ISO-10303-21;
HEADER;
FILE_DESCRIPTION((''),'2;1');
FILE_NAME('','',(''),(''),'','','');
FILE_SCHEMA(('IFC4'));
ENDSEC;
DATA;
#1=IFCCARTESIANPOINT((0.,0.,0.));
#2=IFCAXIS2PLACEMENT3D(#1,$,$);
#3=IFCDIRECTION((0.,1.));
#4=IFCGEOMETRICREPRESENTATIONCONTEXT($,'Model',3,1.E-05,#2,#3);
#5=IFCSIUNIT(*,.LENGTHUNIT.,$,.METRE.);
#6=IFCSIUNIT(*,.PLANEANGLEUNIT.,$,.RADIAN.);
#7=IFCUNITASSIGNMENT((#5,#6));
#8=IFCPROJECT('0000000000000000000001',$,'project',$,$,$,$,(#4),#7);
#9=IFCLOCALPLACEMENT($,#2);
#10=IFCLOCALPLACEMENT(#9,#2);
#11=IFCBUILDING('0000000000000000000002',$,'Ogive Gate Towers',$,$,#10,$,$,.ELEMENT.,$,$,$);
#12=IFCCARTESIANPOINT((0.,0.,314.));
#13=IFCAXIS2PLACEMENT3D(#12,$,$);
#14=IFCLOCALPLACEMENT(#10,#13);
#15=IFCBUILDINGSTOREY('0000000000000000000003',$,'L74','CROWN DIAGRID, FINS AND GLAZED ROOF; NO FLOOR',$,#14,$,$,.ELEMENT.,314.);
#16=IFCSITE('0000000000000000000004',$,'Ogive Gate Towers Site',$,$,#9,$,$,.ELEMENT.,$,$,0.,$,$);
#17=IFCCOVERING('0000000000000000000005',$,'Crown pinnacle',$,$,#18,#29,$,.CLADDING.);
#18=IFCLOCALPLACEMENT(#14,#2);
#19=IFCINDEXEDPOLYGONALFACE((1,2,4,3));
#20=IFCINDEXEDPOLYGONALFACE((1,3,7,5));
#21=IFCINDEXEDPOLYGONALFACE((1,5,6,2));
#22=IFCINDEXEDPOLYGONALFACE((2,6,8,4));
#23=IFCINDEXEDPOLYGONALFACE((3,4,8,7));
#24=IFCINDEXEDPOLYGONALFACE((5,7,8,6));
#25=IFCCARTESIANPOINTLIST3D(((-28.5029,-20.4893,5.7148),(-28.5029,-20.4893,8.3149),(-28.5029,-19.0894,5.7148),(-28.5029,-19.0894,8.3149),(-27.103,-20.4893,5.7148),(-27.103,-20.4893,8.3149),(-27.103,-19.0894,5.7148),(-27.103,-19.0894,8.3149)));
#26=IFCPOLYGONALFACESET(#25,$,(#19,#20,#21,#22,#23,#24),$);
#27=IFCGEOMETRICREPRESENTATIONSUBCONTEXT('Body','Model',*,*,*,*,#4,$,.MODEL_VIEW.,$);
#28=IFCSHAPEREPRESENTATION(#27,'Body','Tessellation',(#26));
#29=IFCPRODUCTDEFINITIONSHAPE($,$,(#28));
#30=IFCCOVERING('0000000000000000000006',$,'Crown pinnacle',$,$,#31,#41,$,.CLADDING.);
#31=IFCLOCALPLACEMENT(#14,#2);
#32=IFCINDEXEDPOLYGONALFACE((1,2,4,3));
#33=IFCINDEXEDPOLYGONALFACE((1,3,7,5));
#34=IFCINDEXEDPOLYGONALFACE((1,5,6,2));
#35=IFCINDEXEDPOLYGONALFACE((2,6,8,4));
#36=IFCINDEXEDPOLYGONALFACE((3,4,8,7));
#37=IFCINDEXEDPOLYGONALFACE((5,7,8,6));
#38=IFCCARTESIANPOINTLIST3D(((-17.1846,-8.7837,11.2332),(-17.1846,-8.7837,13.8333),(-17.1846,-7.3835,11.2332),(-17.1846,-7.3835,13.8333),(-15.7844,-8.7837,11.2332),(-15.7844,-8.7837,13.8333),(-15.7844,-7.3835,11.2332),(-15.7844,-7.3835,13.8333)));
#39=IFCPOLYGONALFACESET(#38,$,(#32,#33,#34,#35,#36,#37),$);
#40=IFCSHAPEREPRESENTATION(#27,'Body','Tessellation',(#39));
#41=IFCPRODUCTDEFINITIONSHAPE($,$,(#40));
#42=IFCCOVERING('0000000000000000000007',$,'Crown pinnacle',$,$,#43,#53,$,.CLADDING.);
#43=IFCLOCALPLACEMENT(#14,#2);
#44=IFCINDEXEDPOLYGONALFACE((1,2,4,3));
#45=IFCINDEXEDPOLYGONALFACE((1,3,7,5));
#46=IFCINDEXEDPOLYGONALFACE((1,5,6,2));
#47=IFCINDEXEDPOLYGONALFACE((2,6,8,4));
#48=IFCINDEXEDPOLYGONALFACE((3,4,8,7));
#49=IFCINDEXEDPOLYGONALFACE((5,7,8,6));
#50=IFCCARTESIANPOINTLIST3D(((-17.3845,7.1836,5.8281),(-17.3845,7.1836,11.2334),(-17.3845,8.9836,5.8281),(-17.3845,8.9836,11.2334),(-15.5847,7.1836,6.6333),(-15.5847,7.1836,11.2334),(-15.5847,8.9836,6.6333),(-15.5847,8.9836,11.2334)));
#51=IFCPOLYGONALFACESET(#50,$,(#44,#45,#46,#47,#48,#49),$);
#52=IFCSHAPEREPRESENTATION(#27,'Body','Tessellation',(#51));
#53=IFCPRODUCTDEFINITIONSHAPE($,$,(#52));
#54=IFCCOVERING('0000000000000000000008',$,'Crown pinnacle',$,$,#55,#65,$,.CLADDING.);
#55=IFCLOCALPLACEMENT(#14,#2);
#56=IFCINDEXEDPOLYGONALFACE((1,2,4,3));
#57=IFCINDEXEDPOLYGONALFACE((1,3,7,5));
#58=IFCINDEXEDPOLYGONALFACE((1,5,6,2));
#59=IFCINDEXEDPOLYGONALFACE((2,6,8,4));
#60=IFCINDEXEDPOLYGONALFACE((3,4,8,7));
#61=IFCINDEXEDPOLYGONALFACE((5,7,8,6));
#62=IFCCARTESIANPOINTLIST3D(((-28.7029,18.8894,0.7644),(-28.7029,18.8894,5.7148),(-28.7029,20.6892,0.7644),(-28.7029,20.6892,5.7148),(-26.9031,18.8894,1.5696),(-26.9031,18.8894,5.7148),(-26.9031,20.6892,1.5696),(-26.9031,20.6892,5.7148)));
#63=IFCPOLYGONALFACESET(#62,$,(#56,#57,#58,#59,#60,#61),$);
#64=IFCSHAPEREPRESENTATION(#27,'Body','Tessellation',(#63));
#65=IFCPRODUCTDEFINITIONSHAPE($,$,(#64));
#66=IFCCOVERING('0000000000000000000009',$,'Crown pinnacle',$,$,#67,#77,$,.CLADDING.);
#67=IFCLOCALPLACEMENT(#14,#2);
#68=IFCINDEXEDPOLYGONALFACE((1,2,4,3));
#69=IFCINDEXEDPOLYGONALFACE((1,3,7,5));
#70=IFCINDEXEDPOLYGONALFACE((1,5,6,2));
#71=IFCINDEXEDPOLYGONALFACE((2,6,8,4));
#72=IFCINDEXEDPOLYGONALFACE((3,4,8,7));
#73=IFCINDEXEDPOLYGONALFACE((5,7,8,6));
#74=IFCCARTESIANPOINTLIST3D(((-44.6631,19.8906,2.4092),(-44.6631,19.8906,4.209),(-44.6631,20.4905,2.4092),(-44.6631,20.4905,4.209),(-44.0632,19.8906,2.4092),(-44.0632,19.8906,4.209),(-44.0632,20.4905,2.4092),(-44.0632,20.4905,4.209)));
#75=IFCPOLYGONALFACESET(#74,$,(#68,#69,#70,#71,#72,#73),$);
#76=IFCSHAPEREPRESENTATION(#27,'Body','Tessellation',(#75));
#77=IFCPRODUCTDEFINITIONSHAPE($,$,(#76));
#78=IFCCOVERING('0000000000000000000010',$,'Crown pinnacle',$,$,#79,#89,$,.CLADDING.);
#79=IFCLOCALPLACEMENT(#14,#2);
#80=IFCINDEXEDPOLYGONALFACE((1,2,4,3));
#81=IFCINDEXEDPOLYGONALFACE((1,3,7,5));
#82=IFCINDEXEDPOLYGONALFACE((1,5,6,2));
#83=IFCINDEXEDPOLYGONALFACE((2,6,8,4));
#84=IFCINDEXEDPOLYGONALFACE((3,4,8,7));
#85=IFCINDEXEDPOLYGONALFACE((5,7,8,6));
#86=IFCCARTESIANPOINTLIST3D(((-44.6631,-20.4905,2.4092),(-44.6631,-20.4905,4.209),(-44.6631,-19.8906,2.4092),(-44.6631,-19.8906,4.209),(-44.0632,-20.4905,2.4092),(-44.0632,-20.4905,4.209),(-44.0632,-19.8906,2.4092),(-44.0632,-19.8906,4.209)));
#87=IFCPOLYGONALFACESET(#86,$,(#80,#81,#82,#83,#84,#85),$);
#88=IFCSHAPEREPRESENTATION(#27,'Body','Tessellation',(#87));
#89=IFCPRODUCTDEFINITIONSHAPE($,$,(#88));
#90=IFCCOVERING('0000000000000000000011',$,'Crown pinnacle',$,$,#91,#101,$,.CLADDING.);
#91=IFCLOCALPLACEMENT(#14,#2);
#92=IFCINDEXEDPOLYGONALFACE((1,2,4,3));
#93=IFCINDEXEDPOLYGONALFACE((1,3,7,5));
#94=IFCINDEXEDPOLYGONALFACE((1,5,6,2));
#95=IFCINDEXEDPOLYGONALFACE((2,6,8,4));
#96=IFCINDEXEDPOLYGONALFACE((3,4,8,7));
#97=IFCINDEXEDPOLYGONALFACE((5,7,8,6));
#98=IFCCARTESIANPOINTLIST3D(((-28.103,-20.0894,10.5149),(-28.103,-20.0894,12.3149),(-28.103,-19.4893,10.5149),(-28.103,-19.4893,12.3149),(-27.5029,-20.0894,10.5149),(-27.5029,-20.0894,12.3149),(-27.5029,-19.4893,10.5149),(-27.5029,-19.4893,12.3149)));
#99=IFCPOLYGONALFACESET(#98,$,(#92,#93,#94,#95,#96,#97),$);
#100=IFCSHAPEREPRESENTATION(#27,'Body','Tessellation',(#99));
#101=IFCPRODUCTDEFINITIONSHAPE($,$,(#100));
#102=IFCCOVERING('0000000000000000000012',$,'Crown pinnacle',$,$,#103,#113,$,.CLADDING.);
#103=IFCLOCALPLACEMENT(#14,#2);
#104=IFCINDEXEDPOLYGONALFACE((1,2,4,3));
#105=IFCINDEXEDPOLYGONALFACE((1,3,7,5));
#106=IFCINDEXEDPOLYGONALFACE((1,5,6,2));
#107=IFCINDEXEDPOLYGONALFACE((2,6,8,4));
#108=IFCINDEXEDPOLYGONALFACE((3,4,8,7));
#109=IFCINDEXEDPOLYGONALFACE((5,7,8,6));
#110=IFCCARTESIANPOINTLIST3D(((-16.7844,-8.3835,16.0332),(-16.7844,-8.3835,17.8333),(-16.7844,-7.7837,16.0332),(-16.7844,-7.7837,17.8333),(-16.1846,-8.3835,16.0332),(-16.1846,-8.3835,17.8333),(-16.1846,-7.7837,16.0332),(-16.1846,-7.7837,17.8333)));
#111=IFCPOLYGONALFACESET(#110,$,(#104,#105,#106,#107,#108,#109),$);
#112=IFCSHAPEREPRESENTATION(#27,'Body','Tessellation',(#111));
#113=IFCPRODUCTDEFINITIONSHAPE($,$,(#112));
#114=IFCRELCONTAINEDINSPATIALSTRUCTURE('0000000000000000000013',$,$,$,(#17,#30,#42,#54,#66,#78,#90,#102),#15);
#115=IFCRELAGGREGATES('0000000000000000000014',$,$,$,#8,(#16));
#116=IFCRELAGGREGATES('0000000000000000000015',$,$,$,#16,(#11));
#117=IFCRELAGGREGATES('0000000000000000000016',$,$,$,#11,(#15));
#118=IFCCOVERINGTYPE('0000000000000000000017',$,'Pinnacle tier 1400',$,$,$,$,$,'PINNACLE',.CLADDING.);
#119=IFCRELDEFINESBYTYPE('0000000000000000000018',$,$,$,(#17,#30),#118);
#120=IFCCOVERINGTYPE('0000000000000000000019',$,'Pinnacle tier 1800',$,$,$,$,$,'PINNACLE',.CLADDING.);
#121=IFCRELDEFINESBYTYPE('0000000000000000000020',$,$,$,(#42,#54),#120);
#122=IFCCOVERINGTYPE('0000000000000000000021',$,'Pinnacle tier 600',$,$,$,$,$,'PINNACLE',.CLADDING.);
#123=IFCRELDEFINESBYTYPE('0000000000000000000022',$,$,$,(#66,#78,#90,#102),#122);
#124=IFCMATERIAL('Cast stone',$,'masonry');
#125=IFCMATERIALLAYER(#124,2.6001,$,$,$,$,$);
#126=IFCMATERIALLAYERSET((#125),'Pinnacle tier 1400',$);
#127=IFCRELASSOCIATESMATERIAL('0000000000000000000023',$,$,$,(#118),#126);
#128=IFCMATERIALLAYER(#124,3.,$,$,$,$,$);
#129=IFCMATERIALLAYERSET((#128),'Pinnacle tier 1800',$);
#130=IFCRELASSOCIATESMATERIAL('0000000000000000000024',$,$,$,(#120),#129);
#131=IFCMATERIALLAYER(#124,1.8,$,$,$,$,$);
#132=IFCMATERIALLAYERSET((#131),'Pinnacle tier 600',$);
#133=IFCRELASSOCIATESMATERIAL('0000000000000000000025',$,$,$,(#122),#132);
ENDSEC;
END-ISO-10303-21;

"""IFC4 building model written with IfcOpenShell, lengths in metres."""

from ifc_helpers import new_model, si_unit, direction, frame, origin, place, context, subcontext, project, spatial, polyline, outline, extrude, material, layer, layer_set, type_object, element, save


model = new_model("IFC4")

# Units and contexts
model_context = context("Model", 3, precision=1e-05, world=origin(), true_north=direction((0.0, 1.0)))
body_context = subcontext(model_context, "Body", "Model", "MODEL_VIEW")
ifc_project = project(units=[si_unit("LENGTHUNIT", "METRE"), si_unit("PLANEANGLEUNIT", "RADIAN")], contexts=[model_context])

# Site, building, storey
site_placement = place(None, origin())
site = spatial("IfcSite", under=ifc_project, at=site_placement, Name="Ogive Gate Towers Site", CompositionType="ELEMENT", RefElevation=0.0)
building_placement = place(site_placement, origin())
building = spatial("IfcBuilding", under=site, at=building_placement, Name="Ogive Gate Towers", CompositionType="ELEMENT")
storey_placement = place(building_placement, frame((0.0, 0.0, 314.0)))
storey = spatial("IfcBuildingStorey", under=building, at=storey_placement, Name="L74", Description="CROWN DIAGRID, FINS AND GLAZED ROOF; NO FLOOR", CompositionType="ELEMENT", Elevation=314.0)

# Coverings
ifc_material_1 = material(Name="Cast stone", Category="masonry")
ifc_layer_1 = layer(ifc_material_1, 2.6001)
ifc_layer_set_1 = layer_set([ifc_layer_1], Name="Pinnacle tier 1400")
covering_type_1 = type_object("IfcCoveringType", Name="Pinnacle tier 1400", ElementType="PINNACLE", PredefinedType="CLADDING", material=ifc_layer_set_1)
covering_1_placement = place(storey_placement, frame((0.0, 0.0, 5.7148)))
element("IfcCovering", 1, at=covering_1_placement, inside=storey, type_object=covering_type_1, Name="Crown pinnacle", PredefinedType="CLADDING", context=body_context, shape_type="SweptSolid", body=[
    extrude(outline(polyline([(-28.5029, -20.4893), (-27.103, -20.4893), (-27.103, -19.0894), (-28.5029, -19.0894), (-28.5029, -20.4893)])), origin(), (0.0, 0.0, 1.0), 2.6001),
])
covering_2_placement = place(storey_placement, frame((0.0, 0.0, 11.2332)))
element("IfcCovering", 2, at=covering_2_placement, inside=storey, type_object=covering_type_1, Name="Crown pinnacle", PredefinedType="CLADDING", context=body_context, shape_type="SweptSolid", body=[
    extrude(outline(polyline([(-17.1846, -8.7837), (-15.7844, -8.7837), (-15.7844, -7.3835), (-17.1846, -7.3835), (-17.1846, -8.7837)])), origin(), (0.0, 0.0, 1.0), 2.6001),
])
ifc_layer_2 = layer(ifc_material_1, 3.0)
ifc_layer_set_2 = layer_set([ifc_layer_2], Name="Pinnacle tier 1800")
covering_type_2 = type_object("IfcCoveringType", Name="Pinnacle tier 1800", ElementType="PINNACLE", PredefinedType="CLADDING", material=ifc_layer_set_2)
covering_3_placement = place(storey_placement, frame((-16.4846, 7.1836, 6.2307), z_axis=(0.0, 1.0, 0.0), x_axis=(-1.0, 0.0, 0.0)))
element("IfcCovering", 3, at=covering_3_placement, inside=storey, type_object=covering_type_2, Name="Crown pinnacle", PredefinedType="CLADDING", context=body_context, shape_type="SweptSolid", body=[
    extrude(outline(polyline([(0.8999, -0.4026), (-0.8999, 0.4026), (-0.8999, 5.0027), (0.8999, 5.0027), (0.8999, -0.4026)])), origin(), (0.0, 0.0, 1.0), 1.8),
])
covering_4_placement = place(storey_placement, frame((-27.803, 18.8894, 1.167), z_axis=(0.0, 1.0, 0.0), x_axis=(-1.0, 0.0, 0.0)))
element("IfcCovering", 4, at=covering_4_placement, inside=storey, type_object=covering_type_2, Name="Crown pinnacle", PredefinedType="CLADDING", context=body_context, shape_type="SweptSolid", body=[
    extrude(outline(polyline([(0.8999, -0.4026), (-0.8999, 0.4026), (-0.8999, 4.5479), (0.8999, 4.5479), (0.8999, -0.4026)])), origin(), (0.0, 0.0, 1.0), 1.7998),
])
ifc_layer_3 = layer(ifc_material_1, 1.8)
ifc_layer_set_3 = layer_set([ifc_layer_3], Name="Pinnacle tier 600")
covering_type_3 = type_object("IfcCoveringType", Name="Pinnacle tier 600", ElementType="PINNACLE", PredefinedType="CLADDING", material=ifc_layer_set_3)
covering_5_placement = place(storey_placement, frame((0.0, 0.0, 2.4092)))
element("IfcCovering", 5, at=covering_5_placement, inside=storey, type_object=covering_type_3, Name="Crown pinnacle", PredefinedType="CLADDING", context=body_context, shape_type="SweptSolid", body=[
    extrude(outline(polyline([(-44.6631, 19.8906), (-44.0632, 19.8906), (-44.0632, 20.4905), (-44.6631, 20.4905), (-44.6631, 19.8906)])), origin(), (0.0, 0.0, 1.0), 1.7998),
])
covering_6_placement = place(storey_placement, frame((0.0, 0.0, 2.4092)))
element("IfcCovering", 6, at=covering_6_placement, inside=storey, type_object=covering_type_3, Name="Crown pinnacle", PredefinedType="CLADDING", context=body_context, shape_type="SweptSolid", body=[
    extrude(outline(polyline([(-44.6631, -20.4905), (-44.0632, -20.4905), (-44.0632, -19.8906), (-44.6631, -19.8906), (-44.6631, -20.4905)])), origin(), (0.0, 0.0, 1.0), 1.7998),
])
covering_7_placement = place(storey_placement, frame((0.0, 0.0, 10.5149)))
element("IfcCovering", 7, at=covering_7_placement, inside=storey, type_object=covering_type_3, Name="Crown pinnacle", PredefinedType="CLADDING", context=body_context, shape_type="SweptSolid", body=[
    extrude(outline(polyline([(-28.103, -20.0894), (-27.5029, -20.0894), (-27.5029, -19.4893), (-28.103, -19.4893), (-28.103, -20.0894)])), origin(), (0.0, 0.0, 1.0), 1.8),
])
covering_8_placement = place(storey_placement, frame((0.0, 0.0, 16.0332)))
element("IfcCovering", 8, at=covering_8_placement, inside=storey, type_object=covering_type_3, Name="Crown pinnacle", PredefinedType="CLADDING", context=body_context, shape_type="SweptSolid", body=[
    extrude(outline(polyline([(-16.7844, -8.3835), (-16.1846, -8.3835), (-16.1846, -7.7837), (-16.7844, -7.7837), (-16.7844, -8.3835)])), origin(), (0.0, 0.0, 1.0), 1.8),
])

save(model, "model.ifc")
